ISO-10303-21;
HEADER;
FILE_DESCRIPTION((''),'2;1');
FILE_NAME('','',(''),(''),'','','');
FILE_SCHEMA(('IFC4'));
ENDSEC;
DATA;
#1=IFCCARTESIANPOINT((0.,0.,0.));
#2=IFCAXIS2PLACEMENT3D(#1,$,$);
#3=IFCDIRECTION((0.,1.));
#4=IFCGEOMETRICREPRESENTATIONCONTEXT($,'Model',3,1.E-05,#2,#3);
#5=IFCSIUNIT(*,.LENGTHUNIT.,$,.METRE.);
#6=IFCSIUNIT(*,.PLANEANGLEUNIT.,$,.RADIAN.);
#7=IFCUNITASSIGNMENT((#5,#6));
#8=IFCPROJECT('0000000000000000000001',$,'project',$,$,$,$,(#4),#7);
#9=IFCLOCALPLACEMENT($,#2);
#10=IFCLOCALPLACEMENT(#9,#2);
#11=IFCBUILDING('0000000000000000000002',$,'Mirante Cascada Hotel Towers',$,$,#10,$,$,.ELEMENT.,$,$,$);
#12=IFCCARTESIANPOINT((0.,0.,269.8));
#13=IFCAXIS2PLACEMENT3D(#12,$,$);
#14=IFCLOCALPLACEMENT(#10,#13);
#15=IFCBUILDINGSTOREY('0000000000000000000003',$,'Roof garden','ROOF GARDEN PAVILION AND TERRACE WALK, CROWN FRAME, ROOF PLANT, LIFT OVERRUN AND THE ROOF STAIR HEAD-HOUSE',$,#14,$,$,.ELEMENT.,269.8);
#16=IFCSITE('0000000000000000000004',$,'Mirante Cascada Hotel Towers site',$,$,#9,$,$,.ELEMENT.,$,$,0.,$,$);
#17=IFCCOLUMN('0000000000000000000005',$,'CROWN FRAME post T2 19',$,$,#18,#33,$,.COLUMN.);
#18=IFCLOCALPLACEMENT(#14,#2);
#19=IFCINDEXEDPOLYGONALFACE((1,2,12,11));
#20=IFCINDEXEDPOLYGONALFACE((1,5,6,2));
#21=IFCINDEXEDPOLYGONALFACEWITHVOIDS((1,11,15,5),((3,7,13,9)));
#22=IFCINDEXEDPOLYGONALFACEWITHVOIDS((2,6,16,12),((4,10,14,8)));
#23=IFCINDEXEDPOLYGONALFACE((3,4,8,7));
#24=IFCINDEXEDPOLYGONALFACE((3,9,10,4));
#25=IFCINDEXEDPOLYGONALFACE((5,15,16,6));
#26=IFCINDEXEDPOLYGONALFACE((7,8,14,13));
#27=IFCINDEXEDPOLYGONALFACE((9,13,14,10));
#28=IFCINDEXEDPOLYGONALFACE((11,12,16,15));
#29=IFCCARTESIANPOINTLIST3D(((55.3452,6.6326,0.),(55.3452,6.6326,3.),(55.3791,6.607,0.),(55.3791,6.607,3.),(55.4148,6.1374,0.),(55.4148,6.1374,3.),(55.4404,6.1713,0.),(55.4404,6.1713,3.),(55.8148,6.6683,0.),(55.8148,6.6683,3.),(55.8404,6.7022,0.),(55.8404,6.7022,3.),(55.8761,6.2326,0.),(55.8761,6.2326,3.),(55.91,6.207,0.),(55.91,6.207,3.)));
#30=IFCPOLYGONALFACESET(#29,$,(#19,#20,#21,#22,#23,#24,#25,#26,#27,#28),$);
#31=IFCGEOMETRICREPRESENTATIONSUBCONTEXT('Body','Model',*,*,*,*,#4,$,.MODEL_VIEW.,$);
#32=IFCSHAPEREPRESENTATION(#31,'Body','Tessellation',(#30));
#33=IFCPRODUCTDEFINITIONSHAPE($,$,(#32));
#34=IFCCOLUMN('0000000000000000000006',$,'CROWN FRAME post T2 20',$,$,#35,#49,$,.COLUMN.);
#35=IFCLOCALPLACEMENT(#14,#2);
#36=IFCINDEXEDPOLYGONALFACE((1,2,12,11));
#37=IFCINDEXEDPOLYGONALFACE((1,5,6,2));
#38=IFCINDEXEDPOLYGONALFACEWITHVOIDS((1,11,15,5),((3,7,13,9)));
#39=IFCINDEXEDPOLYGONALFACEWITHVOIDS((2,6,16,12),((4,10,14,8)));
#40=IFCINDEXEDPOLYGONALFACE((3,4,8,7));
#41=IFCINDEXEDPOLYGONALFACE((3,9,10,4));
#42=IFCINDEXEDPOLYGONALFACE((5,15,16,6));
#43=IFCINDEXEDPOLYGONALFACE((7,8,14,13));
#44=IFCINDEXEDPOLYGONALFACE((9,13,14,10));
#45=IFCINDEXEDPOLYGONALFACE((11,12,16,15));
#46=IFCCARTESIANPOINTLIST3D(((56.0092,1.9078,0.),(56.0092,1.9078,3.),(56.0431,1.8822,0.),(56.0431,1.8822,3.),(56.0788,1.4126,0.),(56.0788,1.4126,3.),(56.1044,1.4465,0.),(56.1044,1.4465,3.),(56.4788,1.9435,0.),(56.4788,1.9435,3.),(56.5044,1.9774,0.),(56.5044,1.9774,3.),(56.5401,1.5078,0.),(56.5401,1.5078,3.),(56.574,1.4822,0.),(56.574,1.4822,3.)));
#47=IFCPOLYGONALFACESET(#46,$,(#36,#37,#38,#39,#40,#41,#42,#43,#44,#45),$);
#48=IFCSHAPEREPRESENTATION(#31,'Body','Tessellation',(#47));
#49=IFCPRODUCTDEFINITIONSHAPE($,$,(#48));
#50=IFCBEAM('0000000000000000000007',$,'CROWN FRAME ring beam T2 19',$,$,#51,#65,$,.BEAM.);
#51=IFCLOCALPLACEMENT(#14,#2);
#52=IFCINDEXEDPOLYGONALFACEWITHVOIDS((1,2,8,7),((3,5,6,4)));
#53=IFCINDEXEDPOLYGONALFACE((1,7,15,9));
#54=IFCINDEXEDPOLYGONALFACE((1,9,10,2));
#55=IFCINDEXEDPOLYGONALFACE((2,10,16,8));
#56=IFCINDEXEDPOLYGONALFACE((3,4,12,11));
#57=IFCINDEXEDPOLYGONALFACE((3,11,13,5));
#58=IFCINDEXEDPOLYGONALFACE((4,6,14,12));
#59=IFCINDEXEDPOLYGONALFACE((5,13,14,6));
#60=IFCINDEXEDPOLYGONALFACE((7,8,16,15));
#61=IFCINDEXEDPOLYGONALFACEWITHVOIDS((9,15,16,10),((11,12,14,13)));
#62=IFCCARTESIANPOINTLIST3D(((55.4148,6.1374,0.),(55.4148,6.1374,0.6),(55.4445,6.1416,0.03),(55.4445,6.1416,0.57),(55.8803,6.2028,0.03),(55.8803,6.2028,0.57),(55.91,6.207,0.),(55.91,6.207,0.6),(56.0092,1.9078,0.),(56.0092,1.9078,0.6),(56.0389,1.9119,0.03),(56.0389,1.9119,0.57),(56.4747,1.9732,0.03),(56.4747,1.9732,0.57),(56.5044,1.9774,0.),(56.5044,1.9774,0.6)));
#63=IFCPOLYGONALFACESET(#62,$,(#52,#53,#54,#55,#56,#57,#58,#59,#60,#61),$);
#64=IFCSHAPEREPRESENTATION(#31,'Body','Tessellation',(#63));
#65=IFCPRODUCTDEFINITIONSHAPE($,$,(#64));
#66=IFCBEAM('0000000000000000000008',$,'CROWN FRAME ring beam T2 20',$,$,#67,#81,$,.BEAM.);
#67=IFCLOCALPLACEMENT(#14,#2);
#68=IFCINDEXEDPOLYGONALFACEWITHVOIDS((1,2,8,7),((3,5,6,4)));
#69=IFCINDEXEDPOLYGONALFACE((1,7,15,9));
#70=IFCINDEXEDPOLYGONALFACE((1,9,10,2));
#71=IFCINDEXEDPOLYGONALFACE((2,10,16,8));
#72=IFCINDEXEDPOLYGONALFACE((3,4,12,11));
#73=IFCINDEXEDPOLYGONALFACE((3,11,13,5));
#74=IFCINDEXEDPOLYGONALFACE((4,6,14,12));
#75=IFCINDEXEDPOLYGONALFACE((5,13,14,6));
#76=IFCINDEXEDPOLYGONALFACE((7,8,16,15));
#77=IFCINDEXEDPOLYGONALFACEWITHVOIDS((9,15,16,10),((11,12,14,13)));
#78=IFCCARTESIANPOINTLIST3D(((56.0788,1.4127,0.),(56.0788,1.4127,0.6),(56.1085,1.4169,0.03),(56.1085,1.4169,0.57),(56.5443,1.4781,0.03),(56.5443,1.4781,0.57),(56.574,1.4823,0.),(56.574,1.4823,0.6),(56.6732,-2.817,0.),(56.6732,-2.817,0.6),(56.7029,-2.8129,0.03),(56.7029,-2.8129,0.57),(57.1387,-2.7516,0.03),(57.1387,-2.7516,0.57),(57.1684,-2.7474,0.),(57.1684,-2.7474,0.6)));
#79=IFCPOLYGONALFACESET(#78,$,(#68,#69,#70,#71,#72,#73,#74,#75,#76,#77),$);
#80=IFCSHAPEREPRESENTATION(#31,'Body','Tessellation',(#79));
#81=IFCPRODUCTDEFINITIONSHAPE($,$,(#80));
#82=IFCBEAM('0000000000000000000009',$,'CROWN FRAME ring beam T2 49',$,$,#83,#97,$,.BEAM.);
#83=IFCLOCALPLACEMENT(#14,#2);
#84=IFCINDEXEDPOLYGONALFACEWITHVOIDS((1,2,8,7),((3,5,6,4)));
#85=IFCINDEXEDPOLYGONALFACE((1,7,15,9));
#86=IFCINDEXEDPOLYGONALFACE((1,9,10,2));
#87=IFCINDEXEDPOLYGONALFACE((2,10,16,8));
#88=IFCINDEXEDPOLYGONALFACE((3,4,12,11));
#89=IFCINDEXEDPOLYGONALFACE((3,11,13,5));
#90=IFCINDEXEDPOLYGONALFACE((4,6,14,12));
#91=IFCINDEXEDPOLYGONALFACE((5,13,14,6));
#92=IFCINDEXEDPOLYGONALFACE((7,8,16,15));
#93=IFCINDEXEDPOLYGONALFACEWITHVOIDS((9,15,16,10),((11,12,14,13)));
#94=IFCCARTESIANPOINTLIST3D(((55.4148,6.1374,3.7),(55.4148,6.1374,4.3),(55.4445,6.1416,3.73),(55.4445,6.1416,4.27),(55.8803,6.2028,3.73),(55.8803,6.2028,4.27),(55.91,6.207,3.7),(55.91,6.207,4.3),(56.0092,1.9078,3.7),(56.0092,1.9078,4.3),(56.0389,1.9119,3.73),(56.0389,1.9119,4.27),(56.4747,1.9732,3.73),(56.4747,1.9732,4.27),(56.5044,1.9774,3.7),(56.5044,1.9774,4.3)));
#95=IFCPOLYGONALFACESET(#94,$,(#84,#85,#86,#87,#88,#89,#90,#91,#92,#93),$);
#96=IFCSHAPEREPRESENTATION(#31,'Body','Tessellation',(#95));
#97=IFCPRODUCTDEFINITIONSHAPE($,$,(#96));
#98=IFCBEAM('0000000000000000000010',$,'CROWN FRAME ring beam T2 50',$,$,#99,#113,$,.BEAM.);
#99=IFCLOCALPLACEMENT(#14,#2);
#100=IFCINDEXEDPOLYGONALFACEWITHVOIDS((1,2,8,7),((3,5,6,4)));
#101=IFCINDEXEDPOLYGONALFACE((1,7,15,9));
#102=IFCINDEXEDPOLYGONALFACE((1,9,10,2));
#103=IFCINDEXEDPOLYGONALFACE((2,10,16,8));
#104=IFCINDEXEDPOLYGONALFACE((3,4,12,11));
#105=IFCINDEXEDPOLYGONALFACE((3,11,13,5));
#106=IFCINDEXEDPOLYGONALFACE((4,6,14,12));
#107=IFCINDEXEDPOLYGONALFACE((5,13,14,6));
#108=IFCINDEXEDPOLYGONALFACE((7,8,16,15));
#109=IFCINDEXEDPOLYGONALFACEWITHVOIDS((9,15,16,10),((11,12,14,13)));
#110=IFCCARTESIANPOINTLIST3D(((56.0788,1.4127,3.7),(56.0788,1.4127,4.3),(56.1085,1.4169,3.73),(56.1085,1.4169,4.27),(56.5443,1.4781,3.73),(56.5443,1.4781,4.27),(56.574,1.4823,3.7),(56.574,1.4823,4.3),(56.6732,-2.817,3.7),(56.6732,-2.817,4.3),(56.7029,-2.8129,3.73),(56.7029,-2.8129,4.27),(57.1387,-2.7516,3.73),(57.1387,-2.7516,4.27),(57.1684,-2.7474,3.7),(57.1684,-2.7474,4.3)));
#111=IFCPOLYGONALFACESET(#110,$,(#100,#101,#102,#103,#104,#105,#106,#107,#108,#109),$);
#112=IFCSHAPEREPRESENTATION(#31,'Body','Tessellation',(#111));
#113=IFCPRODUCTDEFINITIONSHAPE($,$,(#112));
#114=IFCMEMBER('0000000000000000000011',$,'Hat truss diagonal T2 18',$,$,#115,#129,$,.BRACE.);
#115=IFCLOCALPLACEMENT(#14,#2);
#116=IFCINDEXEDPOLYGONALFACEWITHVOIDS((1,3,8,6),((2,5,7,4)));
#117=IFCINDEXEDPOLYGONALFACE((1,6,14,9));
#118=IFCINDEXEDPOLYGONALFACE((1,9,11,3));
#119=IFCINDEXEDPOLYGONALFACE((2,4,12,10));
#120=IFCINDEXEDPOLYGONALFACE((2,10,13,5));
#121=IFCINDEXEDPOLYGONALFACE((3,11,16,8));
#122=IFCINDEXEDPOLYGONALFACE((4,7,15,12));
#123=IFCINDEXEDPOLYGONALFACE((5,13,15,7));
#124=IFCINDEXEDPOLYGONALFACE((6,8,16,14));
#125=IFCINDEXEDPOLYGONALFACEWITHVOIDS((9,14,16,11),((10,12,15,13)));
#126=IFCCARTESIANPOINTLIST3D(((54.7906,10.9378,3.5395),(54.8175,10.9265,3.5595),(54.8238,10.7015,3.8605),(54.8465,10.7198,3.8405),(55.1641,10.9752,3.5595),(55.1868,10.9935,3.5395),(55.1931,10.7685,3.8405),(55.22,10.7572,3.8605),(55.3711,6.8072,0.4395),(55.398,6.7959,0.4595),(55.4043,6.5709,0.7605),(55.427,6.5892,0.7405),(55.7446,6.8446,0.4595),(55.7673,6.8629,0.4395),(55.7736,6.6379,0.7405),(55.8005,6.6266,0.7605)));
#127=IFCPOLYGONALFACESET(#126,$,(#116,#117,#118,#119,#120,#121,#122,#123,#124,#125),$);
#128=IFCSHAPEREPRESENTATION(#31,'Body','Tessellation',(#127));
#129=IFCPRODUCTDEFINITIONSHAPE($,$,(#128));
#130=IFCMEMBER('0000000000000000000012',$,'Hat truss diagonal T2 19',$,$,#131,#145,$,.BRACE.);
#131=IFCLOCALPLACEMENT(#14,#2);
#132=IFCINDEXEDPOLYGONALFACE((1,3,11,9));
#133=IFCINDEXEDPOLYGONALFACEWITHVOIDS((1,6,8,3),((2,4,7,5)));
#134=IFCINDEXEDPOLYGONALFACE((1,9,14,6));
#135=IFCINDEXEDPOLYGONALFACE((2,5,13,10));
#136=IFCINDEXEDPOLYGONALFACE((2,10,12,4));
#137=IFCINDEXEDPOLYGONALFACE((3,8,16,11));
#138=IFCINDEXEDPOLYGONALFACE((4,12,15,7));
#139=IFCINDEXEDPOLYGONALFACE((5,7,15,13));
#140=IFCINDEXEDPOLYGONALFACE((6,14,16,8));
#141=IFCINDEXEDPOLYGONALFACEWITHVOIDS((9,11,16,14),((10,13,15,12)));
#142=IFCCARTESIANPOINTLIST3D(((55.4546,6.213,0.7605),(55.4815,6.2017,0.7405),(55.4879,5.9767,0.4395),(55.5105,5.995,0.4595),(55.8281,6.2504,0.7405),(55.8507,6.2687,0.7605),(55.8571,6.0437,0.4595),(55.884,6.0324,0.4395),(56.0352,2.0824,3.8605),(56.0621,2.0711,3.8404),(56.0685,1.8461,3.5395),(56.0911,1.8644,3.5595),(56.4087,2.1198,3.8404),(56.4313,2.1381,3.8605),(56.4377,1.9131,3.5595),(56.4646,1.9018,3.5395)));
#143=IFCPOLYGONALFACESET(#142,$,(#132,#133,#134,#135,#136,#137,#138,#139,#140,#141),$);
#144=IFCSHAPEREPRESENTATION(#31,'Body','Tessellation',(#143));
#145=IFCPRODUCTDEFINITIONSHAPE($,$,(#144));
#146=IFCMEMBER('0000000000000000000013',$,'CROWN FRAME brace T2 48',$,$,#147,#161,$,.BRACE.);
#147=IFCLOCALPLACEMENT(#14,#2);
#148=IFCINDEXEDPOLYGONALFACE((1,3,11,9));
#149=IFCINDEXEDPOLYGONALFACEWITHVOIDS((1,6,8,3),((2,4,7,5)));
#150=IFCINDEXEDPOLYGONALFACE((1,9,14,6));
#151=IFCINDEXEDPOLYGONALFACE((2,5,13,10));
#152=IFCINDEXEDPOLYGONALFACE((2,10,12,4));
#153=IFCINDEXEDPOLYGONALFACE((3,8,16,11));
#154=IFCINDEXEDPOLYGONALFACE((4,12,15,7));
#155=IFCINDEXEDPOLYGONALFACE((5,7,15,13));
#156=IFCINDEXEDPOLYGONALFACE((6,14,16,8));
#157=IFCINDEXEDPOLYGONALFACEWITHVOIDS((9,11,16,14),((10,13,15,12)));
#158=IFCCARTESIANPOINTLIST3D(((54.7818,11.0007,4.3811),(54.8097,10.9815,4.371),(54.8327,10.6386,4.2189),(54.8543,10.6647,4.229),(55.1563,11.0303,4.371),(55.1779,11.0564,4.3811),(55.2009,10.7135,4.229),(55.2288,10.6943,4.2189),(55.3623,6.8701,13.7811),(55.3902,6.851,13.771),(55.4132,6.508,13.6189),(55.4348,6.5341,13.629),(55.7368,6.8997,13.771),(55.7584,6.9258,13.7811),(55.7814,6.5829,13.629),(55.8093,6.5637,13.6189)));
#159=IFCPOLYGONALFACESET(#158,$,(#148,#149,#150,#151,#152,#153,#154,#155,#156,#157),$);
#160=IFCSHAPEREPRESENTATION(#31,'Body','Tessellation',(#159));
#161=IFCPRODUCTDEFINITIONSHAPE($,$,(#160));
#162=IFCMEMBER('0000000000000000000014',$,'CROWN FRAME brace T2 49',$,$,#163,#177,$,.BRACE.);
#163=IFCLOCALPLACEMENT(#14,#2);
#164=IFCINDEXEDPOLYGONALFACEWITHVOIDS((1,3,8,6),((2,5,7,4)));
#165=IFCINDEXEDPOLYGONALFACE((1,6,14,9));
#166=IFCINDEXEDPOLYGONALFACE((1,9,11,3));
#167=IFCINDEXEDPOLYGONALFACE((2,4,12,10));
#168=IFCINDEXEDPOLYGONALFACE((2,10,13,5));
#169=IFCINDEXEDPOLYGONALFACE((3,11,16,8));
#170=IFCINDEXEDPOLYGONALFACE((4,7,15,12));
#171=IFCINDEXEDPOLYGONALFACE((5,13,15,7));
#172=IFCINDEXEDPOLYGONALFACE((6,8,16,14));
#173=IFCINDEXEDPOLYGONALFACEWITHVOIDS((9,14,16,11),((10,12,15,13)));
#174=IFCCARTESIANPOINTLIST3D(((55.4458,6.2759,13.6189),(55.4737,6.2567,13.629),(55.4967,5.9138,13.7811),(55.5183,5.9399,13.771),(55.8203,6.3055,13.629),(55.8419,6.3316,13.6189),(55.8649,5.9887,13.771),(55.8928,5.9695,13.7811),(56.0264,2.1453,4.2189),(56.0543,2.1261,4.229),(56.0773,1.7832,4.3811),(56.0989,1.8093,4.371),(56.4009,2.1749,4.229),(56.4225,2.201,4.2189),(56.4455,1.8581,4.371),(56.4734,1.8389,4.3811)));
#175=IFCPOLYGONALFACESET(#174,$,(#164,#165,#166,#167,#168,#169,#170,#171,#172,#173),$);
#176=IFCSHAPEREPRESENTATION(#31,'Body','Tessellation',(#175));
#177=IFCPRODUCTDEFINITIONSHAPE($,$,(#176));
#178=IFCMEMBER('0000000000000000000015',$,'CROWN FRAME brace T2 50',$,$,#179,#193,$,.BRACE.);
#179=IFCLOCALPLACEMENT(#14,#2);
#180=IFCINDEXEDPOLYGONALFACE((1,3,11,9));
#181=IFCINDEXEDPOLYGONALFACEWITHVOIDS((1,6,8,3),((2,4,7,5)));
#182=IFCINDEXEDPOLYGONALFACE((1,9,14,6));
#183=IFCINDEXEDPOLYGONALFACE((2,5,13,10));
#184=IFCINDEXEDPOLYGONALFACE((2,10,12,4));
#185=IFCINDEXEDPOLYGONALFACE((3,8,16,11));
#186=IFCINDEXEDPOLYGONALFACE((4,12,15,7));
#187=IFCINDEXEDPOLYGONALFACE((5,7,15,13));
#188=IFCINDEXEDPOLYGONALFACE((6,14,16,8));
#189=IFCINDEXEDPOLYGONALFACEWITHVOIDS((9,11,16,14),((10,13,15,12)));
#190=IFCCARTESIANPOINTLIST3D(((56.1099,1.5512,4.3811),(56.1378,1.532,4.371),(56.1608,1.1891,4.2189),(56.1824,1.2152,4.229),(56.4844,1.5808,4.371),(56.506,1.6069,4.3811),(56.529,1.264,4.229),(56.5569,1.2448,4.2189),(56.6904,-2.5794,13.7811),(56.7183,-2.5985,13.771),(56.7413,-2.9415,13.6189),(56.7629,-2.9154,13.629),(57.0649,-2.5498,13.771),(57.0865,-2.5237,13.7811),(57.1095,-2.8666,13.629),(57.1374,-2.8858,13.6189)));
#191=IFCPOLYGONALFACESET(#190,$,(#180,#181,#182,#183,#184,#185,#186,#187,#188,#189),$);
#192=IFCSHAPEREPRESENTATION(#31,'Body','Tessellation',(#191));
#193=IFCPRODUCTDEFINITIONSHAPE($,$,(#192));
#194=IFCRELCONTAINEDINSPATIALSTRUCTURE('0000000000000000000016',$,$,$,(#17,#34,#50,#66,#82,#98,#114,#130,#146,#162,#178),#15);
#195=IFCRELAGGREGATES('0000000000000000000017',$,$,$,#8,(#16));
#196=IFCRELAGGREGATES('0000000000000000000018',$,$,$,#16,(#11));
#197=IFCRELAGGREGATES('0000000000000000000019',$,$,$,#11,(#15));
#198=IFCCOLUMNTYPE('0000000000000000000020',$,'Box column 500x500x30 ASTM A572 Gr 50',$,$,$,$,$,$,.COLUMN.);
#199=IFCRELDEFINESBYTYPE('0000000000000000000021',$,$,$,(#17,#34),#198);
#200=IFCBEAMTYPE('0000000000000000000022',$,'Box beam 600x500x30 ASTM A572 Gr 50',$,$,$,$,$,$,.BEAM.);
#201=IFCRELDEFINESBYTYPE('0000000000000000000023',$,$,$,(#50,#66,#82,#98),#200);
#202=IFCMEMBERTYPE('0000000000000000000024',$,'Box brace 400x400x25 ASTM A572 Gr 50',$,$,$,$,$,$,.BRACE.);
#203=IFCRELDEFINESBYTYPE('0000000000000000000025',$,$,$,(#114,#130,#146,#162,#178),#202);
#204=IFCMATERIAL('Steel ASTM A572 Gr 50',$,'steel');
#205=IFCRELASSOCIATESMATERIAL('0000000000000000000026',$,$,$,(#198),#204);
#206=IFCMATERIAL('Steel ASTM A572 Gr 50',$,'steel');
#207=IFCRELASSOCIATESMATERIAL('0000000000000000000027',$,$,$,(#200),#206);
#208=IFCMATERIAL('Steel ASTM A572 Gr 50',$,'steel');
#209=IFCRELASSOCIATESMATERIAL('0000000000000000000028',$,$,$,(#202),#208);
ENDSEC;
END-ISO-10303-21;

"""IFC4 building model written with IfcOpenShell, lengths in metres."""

from ifc_helpers import new_model, si_unit, direction, frame, origin, origin_2d, place, context, subcontext, project, spatial, hollow_rectangle, extrude, material, material_profile, profile_set, type_object, element, save


model = new_model("IFC4")

# Units and contexts
model_context = context("Model", 3, precision=1e-05, world=origin(), true_north=direction((0.0, 1.0)))
body_context = subcontext(model_context, "Body", "Model", "MODEL_VIEW")
ifc_project = project(units=[si_unit("LENGTHUNIT", "METRE"), si_unit("PLANEANGLEUNIT", "RADIAN")], contexts=[model_context])

# Site, building, storey
site_placement = place(None, origin())
site = spatial("IfcSite", under=ifc_project, at=site_placement, Name="Mirante Cascada Hotel Towers site", CompositionType="ELEMENT", RefElevation=0.0)
building_placement = place(site_placement, origin())
building = spatial("IfcBuilding", under=site, at=building_placement, Name="Mirante Cascada Hotel Towers", CompositionType="ELEMENT")
storey_placement = place(building_placement, frame((0.0, 0.0, 269.8)))
storey = spatial("IfcBuildingStorey", under=building, at=storey_placement, Name="Roof garden", Description="ROOF GARDEN PAVILION AND TERRACE WALK, CROWN FRAME, ROOF PLANT, LIFT OVERRUN AND THE ROOF STAIR HEAD-HOUSE", CompositionType="ELEMENT", Elevation=269.8)

# Columns
ifc_material_1 = material(Name="Steel ASTM A572 Gr 50", Category="steel")
ifc_material_profile_1 = material_profile(ifc_material_1, hollow_rectangle(XDim=0.5, YDim=0.5, WallThickness=0.03, at=origin_2d()), Name="Box column 500x500x30 ASTM A572 Gr 50")
ifc_profile_set_1 = profile_set([ifc_material_profile_1], Name="Steel ASTM A572 Gr 50")
column_type = type_object("IfcColumnType", Name="Box column 500x500x30 ASTM A572 Gr 50", PredefinedType="COLUMN", material=ifc_profile_set_1)
for number, where, z_axis, x_axis, name in (
    (1, (55.6276, 6.4198, 0.0), (0.0, 0.0, 1.0), (0.990268, 0.139173, 0.0), "CROWN FRAME post T2 19"),
    (2, (56.2916, 1.695, 0.0), (0.0, 0.0, 1.0), (0.990268, 0.139173, 0.0), "CROWN FRAME post T2 20"),
):
    element("IfcColumn", number, at=place(storey_placement, frame(where, z_axis=z_axis, x_axis=x_axis)), inside=storey, type_object=column_type, Name=name, PredefinedType="COLUMN", context=body_context, shape_type="SweptSolid", body=[
        extrude(hollow_rectangle(XDim=0.5, YDim=0.5, WallThickness=0.03, at=origin_2d()), origin(), (0.0, 0.0, 1.0), 3.0),
    ])

# Beams
ifc_material_2 = material(Name="Steel ASTM A572 Gr 50", Category="steel")
ifc_material_profile_2 = material_profile(ifc_material_2, hollow_rectangle(XDim=0.5, YDim=0.6, WallThickness=0.03, at=origin_2d()), Name="Box beam 600x500x30 ASTM A572 Gr 50")
ifc_profile_set_2 = profile_set([ifc_material_profile_2], Name="Steel ASTM A572 Gr 50")
beam_type = type_object("IfcBeamType", Name="Box beam 600x500x30 ASTM A572 Gr 50", PredefinedType="BEAM", material=ifc_profile_set_2)
beam_1_placement = place(storey_placement, frame((55.6624, 6.1722, 0.3), z_axis=(0.139166, -0.990269, 0.0), x_axis=(0.990269, 0.139166, 0.0)))
element("IfcBeam", 3, at=beam_1_placement, inside=storey, type_object=beam_type, Name="CROWN FRAME ring beam T2 19", PredefinedType="BEAM", context=body_context, shape_type="SweptSolid", body=[
    extrude(hollow_rectangle(XDim=0.5, YDim=0.6, WallThickness=0.03, at=origin_2d()), origin(), (0.0, 0.0, 1.0), 4.2712),
])
beam_2_placement = place(storey_placement, frame((56.3264, 1.4475, 0.3), z_axis=(0.139163, -0.99027, 0.0), x_axis=(0.99027, 0.139163, 0.0)))
element("IfcBeam", 4, at=beam_2_placement, inside=storey, type_object=beam_type, Name="CROWN FRAME ring beam T2 20", PredefinedType="BEAM", context=body_context, shape_type="SweptSolid", body=[
    extrude(hollow_rectangle(XDim=0.5, YDim=0.6, WallThickness=0.03, at=origin_2d()), origin(), (0.0, 0.0, 1.0), 4.2713),
])
beam_3_placement = place(storey_placement, frame((55.6624, 6.1722, 4.0), z_axis=(0.139166, -0.990269, 0.0), x_axis=(0.990269, 0.139166, 0.0)))
element("IfcBeam", 5, at=beam_3_placement, inside=storey, type_object=beam_type, Name="CROWN FRAME ring beam T2 49", PredefinedType="BEAM", context=body_context, shape_type="SweptSolid", body=[
    extrude(hollow_rectangle(XDim=0.5, YDim=0.6, WallThickness=0.03, at=origin_2d()), origin(), (0.0, 0.0, 1.0), 4.2712),
])
beam_4_placement = place(storey_placement, frame((56.3264, 1.4475, 4.0), z_axis=(0.139163, -0.99027, 0.0), x_axis=(0.99027, 0.139163, 0.0)))
element("IfcBeam", 6, at=beam_4_placement, inside=storey, type_object=beam_type, Name="CROWN FRAME ring beam T2 50", PredefinedType="BEAM", context=body_context, shape_type="SweptSolid", body=[
    extrude(hollow_rectangle(XDim=0.5, YDim=0.6, WallThickness=0.03, at=origin_2d()), origin(), (0.0, 0.0, 1.0), 4.2713),
])

# Members
ifc_material_3 = material(Name="Steel ASTM A572 Gr 50", Category="steel")
ifc_material_profile_3 = material_profile(ifc_material_3, hollow_rectangle(XDim=0.4, YDim=0.4, WallThickness=0.025, at=origin_2d()), Name="Box brace 400x400x25 ASTM A572 Gr 50")
ifc_profile_set_3 = profile_set([ifc_material_profile_3], Name="Steel ASTM A572 Gr 50")
member_type = type_object("IfcMemberType", Name="Box brace 400x400x25 ASTM A572 Gr 50", PredefinedType="BRACE", material=ifc_profile_set_3)
for number, where, z_axis, x_axis, name in (
    (7, (55.5858, 6.7169, 0.6), (-0.111699, 0.794804, 0.596498), (-0.990269, -0.139169, 0.0), "Hat truss diagonal T2 18"),
    (8, (55.6693, 6.1227, 0.6), (0.111718, -0.794803, 0.596496), (0.990265, 0.139192, 0.0), "Hat truss diagonal T2 19"),
):
    element("IfcMember", number, at=place(storey_placement, frame(where, z_axis=z_axis, x_axis=x_axis)), inside=storey, type_object=member_type, Name=name, PredefinedType="BRACE", context=body_context, shape_type="SweptSolid", body=[
        extrude(hollow_rectangle(XDim=0.4, YDim=0.4, WallThickness=0.025, at=origin_2d()), origin(), (0.0, 0.0, 1.0), 5.197),
    ])
for number, where, z_axis, x_axis, name in (
    (9, (55.0053, 10.8475, 4.3), (0.056447, -0.401657, 0.914049), (0.990269, 0.139169, 0.0), "CROWN FRAME brace T2 48"),
    (10, (56.2499, 1.9921, 4.3), (-0.056457, 0.401656, 0.914049), (-0.990265, -0.139192, 0.0), "CROWN FRAME brace T2 49"),
    (11, (56.3334, 1.398, 4.3), (0.056447, -0.401657, 0.914049), (0.990269, 0.139169, 0.0), "CROWN FRAME brace T2 50"),
):
    element("IfcMember", number, at=place(storey_placement, frame(where, z_axis=z_axis, x_axis=x_axis)), inside=storey, type_object=member_type, Name=name, PredefinedType="BRACE", context=body_context, shape_type="SweptSolid", body=[
        extrude(hollow_rectangle(XDim=0.4, YDim=0.4, WallThickness=0.025, at=origin_2d()), origin(), (0.0, 0.0, 1.0), 10.2839),
    ])

save(model, "model.ifc")
